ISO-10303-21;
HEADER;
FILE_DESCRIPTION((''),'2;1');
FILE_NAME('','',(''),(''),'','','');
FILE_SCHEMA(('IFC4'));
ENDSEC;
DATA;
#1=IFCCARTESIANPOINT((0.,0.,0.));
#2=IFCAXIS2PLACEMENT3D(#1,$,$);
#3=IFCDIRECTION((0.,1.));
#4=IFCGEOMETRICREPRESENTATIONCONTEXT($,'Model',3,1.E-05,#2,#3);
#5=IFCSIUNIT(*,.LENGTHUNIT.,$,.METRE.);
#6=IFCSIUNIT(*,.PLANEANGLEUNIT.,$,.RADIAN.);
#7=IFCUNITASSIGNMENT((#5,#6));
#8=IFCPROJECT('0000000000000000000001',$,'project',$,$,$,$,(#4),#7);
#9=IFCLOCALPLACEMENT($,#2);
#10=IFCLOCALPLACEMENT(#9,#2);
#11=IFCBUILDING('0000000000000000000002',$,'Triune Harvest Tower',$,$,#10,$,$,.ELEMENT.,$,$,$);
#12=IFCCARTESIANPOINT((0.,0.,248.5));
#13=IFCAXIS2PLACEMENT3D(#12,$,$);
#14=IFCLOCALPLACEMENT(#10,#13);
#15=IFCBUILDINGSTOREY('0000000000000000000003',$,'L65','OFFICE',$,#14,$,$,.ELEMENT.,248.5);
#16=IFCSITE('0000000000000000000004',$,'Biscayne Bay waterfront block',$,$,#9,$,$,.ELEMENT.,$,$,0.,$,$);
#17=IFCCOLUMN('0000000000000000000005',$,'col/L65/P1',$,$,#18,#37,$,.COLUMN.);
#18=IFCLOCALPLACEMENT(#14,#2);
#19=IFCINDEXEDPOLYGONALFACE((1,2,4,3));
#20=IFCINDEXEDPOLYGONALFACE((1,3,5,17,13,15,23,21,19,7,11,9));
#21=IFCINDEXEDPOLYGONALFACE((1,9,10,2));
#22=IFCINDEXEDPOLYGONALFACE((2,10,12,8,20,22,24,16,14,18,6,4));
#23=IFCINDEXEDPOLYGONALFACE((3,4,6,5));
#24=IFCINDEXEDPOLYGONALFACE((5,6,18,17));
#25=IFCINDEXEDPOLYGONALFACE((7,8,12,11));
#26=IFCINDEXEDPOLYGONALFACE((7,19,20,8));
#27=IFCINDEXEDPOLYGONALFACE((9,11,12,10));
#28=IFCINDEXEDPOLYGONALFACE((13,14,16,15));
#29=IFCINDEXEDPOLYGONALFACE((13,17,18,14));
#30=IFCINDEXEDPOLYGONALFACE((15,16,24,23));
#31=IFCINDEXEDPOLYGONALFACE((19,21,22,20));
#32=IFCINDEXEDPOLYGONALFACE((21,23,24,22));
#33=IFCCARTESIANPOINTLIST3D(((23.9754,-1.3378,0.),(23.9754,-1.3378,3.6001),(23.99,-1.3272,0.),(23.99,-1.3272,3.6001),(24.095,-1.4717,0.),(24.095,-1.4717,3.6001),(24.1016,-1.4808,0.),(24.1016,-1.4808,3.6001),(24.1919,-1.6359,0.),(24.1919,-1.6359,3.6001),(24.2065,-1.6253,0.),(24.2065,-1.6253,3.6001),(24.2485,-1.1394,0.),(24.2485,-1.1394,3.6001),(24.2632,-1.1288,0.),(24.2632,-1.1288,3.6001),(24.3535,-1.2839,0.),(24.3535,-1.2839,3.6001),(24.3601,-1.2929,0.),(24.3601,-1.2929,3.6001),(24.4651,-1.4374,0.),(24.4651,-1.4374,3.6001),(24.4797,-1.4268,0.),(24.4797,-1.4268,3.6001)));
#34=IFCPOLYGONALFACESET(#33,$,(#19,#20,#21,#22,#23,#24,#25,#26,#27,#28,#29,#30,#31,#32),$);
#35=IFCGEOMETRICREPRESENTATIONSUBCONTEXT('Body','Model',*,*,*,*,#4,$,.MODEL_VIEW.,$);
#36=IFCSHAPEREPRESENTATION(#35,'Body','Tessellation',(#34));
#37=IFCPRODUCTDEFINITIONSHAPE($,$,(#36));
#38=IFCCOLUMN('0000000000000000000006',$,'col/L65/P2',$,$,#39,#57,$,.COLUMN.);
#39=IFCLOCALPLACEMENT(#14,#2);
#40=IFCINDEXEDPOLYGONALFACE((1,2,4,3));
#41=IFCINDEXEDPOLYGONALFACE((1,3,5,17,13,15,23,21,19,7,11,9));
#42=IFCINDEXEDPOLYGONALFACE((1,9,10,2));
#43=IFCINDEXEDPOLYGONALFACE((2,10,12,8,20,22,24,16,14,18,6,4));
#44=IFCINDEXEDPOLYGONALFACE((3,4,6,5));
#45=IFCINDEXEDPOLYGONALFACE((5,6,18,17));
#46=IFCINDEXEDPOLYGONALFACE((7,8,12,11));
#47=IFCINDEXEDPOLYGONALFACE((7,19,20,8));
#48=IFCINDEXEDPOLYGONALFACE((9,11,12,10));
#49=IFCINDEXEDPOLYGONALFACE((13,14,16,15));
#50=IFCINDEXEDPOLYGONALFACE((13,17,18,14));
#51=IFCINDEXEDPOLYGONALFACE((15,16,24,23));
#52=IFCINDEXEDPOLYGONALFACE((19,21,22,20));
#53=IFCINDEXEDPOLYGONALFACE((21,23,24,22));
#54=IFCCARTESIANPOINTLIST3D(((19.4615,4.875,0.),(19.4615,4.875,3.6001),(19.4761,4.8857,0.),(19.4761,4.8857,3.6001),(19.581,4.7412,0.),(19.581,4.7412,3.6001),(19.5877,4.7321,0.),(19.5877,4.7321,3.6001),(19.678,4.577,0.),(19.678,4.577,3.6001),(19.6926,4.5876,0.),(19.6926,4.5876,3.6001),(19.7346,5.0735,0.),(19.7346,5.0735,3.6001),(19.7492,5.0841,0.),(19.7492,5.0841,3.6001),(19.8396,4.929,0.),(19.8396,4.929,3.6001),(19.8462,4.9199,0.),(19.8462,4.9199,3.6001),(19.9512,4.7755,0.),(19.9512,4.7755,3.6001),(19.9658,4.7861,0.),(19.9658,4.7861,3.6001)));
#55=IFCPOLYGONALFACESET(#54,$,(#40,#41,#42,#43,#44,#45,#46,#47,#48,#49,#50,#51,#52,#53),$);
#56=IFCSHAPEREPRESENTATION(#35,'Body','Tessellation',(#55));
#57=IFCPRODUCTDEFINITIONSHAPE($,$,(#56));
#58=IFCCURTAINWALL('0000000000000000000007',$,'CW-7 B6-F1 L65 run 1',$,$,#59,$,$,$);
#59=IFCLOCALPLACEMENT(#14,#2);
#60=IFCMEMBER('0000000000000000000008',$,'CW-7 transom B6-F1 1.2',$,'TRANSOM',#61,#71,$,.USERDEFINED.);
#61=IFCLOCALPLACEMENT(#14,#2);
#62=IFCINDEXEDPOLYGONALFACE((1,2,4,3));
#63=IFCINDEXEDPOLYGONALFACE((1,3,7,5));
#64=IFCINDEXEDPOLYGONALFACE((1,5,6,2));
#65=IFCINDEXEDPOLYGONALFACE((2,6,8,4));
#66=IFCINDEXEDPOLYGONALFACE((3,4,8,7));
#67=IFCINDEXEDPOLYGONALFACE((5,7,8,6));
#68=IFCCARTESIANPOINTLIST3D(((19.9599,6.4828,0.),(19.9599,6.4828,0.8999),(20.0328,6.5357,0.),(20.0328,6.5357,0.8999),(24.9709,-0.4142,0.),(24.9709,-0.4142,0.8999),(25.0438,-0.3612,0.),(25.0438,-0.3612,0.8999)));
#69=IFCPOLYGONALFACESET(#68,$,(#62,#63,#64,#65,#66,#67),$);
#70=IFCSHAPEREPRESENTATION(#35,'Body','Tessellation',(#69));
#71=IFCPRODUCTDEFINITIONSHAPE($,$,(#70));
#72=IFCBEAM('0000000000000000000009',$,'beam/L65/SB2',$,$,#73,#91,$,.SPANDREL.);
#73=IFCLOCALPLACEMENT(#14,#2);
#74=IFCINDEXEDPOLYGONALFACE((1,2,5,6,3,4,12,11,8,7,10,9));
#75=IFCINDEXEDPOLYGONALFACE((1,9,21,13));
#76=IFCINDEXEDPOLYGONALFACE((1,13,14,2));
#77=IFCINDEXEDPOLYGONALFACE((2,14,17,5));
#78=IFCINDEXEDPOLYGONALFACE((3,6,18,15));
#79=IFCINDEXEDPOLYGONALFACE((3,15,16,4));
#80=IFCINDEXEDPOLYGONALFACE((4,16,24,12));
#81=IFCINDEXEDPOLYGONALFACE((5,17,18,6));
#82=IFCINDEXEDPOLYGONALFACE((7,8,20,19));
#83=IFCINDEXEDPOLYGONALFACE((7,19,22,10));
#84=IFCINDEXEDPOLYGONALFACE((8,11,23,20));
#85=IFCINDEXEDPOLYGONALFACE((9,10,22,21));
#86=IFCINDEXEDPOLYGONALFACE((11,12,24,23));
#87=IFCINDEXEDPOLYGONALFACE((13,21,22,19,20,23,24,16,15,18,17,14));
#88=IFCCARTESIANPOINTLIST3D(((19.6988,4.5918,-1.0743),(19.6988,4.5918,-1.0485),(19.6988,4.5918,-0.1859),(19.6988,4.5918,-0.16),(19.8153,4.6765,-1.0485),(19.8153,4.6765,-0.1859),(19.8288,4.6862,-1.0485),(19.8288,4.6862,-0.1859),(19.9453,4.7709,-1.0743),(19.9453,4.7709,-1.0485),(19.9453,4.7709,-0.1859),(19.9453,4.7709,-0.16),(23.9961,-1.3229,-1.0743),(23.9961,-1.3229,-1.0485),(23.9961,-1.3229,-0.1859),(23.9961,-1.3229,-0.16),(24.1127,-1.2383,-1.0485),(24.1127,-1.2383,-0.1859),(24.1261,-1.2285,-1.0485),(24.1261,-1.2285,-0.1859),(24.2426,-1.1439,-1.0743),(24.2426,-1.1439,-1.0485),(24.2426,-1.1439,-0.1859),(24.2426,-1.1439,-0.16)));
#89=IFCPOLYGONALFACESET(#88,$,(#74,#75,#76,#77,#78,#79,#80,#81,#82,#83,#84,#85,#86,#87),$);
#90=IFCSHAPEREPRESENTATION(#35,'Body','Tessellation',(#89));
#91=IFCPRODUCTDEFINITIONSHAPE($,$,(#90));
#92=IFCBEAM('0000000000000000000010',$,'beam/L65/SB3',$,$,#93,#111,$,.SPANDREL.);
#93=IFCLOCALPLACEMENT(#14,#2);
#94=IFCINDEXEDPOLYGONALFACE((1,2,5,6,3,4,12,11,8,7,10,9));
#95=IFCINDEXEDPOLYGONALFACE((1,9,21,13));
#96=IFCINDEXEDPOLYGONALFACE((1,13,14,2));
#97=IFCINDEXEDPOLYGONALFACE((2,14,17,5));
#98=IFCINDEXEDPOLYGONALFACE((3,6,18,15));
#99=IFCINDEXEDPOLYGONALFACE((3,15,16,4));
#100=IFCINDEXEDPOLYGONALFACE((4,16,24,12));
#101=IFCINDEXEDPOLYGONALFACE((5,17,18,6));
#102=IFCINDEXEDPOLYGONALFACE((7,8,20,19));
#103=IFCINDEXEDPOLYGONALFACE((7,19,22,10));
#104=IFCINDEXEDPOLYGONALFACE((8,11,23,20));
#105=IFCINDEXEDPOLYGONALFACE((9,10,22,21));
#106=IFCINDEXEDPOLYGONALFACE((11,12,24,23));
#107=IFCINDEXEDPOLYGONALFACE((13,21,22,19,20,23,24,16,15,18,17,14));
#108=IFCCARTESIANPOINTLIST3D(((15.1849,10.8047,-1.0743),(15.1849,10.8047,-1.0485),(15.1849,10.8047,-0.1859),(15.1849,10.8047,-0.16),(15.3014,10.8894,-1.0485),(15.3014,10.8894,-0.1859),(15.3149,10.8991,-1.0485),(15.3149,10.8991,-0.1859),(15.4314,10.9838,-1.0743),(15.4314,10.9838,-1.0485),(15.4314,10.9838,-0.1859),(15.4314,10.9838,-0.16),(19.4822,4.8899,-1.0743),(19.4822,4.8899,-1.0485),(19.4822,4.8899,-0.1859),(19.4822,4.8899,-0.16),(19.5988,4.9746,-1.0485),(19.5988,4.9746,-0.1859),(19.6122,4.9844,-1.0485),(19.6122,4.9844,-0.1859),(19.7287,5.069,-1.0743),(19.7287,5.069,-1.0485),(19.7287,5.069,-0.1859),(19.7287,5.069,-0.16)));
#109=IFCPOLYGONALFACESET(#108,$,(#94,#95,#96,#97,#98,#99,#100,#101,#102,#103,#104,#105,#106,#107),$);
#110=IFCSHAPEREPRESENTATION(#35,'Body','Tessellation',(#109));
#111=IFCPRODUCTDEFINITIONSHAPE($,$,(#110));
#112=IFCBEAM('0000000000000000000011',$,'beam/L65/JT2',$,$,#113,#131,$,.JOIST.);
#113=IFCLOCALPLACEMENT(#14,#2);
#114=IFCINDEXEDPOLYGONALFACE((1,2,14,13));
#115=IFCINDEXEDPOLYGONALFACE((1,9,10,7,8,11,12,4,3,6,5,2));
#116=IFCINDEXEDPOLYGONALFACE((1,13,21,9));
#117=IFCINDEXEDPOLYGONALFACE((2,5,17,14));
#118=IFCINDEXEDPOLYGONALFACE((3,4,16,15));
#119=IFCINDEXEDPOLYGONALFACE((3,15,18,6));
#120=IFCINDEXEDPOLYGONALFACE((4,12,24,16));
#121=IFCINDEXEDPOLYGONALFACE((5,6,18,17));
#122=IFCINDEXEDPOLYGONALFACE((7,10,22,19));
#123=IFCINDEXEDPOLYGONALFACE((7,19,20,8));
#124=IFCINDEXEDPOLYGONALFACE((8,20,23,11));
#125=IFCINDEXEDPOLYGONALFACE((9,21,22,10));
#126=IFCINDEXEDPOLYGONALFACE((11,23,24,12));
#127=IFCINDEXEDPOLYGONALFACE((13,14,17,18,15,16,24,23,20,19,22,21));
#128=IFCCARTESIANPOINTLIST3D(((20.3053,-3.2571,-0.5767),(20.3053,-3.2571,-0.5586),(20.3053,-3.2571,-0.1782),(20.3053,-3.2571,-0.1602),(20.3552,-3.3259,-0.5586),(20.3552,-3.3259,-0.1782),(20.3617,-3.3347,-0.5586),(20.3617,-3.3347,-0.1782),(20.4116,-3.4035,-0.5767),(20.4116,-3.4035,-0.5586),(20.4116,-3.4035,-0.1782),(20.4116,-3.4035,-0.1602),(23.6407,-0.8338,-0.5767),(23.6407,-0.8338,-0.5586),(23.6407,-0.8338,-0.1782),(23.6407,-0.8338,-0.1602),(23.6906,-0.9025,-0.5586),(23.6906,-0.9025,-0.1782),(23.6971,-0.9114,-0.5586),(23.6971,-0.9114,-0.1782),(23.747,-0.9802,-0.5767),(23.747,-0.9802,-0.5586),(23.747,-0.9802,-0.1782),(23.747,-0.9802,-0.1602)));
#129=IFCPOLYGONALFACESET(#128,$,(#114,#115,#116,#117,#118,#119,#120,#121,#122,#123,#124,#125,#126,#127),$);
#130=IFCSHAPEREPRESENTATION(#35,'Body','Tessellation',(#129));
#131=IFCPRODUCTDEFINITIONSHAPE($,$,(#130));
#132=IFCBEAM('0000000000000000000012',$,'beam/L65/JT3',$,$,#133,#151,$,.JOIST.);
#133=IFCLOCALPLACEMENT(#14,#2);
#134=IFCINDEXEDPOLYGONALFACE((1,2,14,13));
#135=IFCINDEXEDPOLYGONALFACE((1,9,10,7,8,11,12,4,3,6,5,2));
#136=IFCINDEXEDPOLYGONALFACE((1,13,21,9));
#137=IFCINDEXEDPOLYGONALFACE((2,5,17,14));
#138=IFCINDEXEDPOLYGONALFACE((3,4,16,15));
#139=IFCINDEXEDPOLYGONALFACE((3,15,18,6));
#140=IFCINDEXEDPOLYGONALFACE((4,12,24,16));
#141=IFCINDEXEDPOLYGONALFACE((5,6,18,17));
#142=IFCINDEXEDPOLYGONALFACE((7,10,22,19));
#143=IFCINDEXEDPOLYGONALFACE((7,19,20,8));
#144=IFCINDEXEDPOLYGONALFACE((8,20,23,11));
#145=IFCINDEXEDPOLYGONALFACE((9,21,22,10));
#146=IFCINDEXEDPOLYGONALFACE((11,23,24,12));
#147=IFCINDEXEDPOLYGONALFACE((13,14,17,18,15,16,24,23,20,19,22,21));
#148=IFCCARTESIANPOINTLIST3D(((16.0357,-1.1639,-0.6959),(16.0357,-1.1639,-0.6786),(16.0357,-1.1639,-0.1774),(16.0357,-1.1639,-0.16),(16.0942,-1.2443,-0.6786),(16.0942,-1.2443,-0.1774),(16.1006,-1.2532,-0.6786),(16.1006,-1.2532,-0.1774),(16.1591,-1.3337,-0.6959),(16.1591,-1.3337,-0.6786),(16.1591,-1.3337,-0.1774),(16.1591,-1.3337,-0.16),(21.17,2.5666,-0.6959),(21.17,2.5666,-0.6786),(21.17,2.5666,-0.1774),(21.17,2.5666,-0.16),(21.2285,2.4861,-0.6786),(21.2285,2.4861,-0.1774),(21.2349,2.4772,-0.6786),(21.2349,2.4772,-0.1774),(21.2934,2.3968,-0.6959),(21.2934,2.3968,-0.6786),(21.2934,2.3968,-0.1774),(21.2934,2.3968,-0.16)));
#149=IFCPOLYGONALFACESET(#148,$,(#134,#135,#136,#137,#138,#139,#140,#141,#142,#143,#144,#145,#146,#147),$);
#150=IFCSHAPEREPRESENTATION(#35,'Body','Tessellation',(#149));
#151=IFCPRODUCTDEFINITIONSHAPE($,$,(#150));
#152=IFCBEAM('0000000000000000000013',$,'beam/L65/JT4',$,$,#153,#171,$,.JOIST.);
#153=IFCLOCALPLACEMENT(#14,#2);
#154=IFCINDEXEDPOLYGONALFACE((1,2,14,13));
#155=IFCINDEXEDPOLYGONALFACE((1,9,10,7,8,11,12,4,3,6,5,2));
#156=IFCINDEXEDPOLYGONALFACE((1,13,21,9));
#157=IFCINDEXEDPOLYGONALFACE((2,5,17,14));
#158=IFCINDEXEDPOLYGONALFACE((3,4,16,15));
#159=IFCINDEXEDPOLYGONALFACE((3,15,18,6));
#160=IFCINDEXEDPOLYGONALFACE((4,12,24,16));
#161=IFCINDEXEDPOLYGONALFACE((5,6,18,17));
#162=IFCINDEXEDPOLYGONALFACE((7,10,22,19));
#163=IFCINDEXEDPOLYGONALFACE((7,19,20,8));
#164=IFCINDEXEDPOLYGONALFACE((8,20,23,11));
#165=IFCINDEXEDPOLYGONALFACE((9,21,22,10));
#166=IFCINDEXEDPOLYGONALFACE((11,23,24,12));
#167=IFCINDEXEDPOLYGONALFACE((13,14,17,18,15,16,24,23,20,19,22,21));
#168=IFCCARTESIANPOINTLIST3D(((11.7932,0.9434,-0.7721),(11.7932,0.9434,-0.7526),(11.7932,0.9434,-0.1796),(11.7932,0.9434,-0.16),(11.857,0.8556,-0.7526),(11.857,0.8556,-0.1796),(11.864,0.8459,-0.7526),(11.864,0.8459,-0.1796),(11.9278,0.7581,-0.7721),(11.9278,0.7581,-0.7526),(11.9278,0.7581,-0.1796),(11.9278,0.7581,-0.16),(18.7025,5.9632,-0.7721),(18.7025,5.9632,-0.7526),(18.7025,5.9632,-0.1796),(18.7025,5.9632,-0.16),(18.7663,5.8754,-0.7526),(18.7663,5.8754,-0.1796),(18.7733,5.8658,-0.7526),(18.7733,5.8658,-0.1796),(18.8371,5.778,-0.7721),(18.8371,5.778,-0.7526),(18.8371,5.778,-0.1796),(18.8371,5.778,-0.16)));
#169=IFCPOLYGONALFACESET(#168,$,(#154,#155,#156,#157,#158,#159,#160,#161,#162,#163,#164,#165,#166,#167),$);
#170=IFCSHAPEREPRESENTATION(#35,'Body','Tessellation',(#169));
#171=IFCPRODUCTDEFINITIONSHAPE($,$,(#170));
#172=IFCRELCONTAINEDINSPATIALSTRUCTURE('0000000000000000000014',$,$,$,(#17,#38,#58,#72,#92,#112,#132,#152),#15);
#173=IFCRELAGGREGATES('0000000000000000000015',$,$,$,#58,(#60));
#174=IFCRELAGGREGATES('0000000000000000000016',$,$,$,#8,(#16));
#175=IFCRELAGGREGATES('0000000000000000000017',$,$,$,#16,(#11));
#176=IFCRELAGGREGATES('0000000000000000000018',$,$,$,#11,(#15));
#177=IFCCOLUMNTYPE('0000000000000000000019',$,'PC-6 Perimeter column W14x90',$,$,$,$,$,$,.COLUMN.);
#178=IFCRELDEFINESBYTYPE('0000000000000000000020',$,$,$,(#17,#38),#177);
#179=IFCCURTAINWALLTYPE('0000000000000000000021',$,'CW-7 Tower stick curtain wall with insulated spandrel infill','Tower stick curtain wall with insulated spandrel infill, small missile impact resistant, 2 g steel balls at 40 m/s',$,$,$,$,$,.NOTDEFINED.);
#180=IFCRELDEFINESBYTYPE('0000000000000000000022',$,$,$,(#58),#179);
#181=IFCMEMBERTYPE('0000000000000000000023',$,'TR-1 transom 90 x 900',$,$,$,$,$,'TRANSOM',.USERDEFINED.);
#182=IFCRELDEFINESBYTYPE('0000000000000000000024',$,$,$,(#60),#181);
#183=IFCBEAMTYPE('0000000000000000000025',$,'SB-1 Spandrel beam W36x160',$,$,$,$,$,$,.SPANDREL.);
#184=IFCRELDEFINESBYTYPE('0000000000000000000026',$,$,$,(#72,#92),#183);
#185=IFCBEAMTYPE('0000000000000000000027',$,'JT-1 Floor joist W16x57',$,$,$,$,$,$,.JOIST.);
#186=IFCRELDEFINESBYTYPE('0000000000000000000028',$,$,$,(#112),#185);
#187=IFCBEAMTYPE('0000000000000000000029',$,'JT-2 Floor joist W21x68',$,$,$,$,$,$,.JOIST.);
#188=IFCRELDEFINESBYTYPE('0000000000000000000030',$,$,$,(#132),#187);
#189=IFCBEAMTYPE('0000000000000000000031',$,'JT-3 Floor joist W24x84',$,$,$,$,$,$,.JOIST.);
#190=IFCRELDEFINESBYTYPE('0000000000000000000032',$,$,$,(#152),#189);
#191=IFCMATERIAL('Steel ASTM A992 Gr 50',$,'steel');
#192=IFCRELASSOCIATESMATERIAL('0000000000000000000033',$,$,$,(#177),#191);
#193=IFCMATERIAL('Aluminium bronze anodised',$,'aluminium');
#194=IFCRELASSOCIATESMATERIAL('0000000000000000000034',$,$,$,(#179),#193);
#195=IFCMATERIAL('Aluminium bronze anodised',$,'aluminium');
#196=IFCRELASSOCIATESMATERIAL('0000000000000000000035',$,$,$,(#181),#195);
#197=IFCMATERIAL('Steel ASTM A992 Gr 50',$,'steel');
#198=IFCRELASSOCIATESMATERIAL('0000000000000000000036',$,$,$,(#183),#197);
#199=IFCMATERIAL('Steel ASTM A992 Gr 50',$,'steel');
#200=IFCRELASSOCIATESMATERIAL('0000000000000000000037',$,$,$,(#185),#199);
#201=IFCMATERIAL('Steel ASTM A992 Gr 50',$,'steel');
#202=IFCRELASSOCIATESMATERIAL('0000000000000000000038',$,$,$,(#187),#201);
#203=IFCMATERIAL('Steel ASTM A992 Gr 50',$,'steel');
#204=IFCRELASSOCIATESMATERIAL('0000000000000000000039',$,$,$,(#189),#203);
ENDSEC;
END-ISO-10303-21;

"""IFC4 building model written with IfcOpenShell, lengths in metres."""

from ifc_helpers import new_model, si_unit, direction, frame, origin, origin_2d, place, context, subcontext, project, spatial, rectangle, i_section, extrude, source, transform, mapped, material, material_profile, profile_set, type_object, element, aggregate, save


model = new_model("IFC4")

# Units and contexts
model_context = context("Model", 3, precision=1e-05, world=origin(), true_north=direction((0.0, 1.0)))
body_context = subcontext(model_context, "Body", "Model", "MODEL_VIEW")
ifc_project = project(units=[si_unit("LENGTHUNIT", "METRE"), si_unit("PLANEANGLEUNIT", "RADIAN")], contexts=[model_context])

# Site, building, storey
site_placement = place(None, origin())
site = spatial("IfcSite", under=ifc_project, at=site_placement, Name="Biscayne Bay waterfront block", CompositionType="ELEMENT", RefElevation=0.0)
building_placement = place(site_placement, origin())
building = spatial("IfcBuilding", under=site, at=building_placement, Name="Triune Harvest Tower", CompositionType="ELEMENT")
storey_placement = place(building_placement, frame((0.0, 0.0, 248.5)))
storey = spatial("IfcBuildingStorey", under=building, at=storey_placement, Name="L65", Description="OFFICE", CompositionType="ELEMENT", Elevation=248.5)

# Columns
ifc_material_1 = material(Name="Steel ASTM A992 Gr 50", Category="steel")
ifc_material_profile_1 = material_profile(ifc_material_1, i_section(OverallWidth=0.3684, OverallDepth=0.3557, WebThickness=0.0112, FlangeThickness=0.0181, at=origin_2d()), Name="W14x90")
ifc_profile_set_1 = profile_set([ifc_material_profile_1], Name="Steel ASTM A992 Gr 50")
column_type = type_object("IfcColumnType", Name="PC-6 Perimeter column W14x90", PredefinedType="COLUMN", material=ifc_profile_set_1)
shared_shape_1 = source(origin(), body_context, "Body", "SweptSolid", [
    extrude(i_section(OverallWidth=0.3684, OverallDepth=0.3557, WebThickness=0.0112, FlangeThickness=0.0181, at=origin_2d()), origin(), (0.0, 0.0, 1.0), 3.6001),
])
for number, where, z_axis, x_axis, name in (
    (1, (24.2275, -1.3823, 0.0), (0.0, 0.0, 1.0), (-0.587785, 0.809017, 0.0), "col/L65/P1"),
    (2, (19.7136, 4.8306, 0.0), (0.0, 0.0, 1.0), (-0.587785, 0.809017, 0.0), "col/L65/P2"),
):
    element("IfcColumn", number, at=place(storey_placement, frame(where, z_axis=z_axis, x_axis=x_axis)), inside=storey, type_object=column_type, Name=name, PredefinedType="COLUMN", context=body_context, shape_type="MappedRepresentation", body=[
        mapped(shared_shape_1, transform((0.0, 0.0, 0.0), scale=1.0)),
    ])

# Curtain wall, member
ifc_material_2 = material(Name="Aluminium bronze anodised", Category="aluminium")
curtain_wall_type = type_object("IfcCurtainWallType", Name="CW-7 Tower stick curtain wall with insulated spandrel infill", Description="Tower stick curtain wall with insulated spandrel infill, small missile impact resistant, 2 g steel balls at 40 m/s", PredefinedType="NOTDEFINED", material=ifc_material_2)
curtain_wall_placement = place(storey_placement, origin())
curtain_wall = element("IfcCurtainWall", 3, at=curtain_wall_placement, inside=storey, type_object=curtain_wall_type, Name="CW-7 B6-F1 L65 run 1")
ifc_material_3 = material(Name="Aluminium bronze anodised", Category="aluminium")
ifc_material_profile_2 = material_profile(ifc_material_3, rectangle(XDim=0.0901, YDim=0.8999, at=origin_2d()), Name="TR-1 transom 90 x 900")
ifc_profile_set_2 = profile_set([ifc_material_profile_2], Name="Aluminium bronze anodised")
member_type_1 = type_object("IfcMemberType", Name="TR-1 transom 90 x 900", ElementType="TRANSOM", PredefinedType="USERDEFINED", material=ifc_profile_set_2)
member_1_placement = place(storey_placement, frame((25.0073, -0.3877, 0.45), z_axis=(-0.587789, 0.809015, 0.0), x_axis=(-0.809015, -0.587789, 0.0)))
member_1 = element("IfcMember", 4, at=member_1_placement, type_object=member_type_1, Name="CW-7 transom B6-F1 1.2", ObjectType="TRANSOM", PredefinedType="USERDEFINED", context=body_context, shape_type="SweptSolid", body=[
    extrude(rectangle(XDim=0.0901, YDim=0.8999, at=origin_2d()), origin(), (0.0, 0.0, 1.0), 8.5251),
])

# Beams
ifc_material_4 = material(Name="Steel ASTM A992 Gr 50", Category="steel")
ifc_material_profile_3 = material_profile(ifc_material_4, i_section(OverallWidth=0.3047, OverallDepth=0.9143, WebThickness=0.0166, FlangeThickness=0.0259, at=origin_2d()), Name="W36x160")
ifc_profile_set_3 = profile_set([ifc_material_profile_3], Name="Steel ASTM A992 Gr 50")
beam_type_1 = type_object("IfcBeamType", Name="SB-1 Spandrel beam W36x160", PredefinedType="SPANDREL", material=ifc_profile_set_3)
shared_shape_2 = source(origin(), body_context, "Body", "SweptSolid", [
    extrude(i_section(OverallWidth=0.3047, OverallDepth=0.9143, WebThickness=0.0166, FlangeThickness=0.0259, at=origin_2d()), origin(), (0.0, 0.0, 1.0), 7.311),
])
for number, where, z_axis, x_axis, name in (
    (5, (24.1194, -1.2334, -0.6172), (-0.587786, 0.809016, 0.0), (-0.809016, -0.587786, 0.0), "beam/L65/SB2"),
    (6, (19.6055, 4.9795, -0.6172), (-0.587786, 0.809016, 0.0), (-0.809016, -0.587786, 0.0), "beam/L65/SB3"),
):
    element("IfcBeam", number, at=place(storey_placement, frame(where, z_axis=z_axis, x_axis=x_axis)), inside=storey, type_object=beam_type_1, Name=name, PredefinedType="SPANDREL", context=body_context, shape_type="MappedRepresentation", body=[
        mapped(shared_shape_2, transform((0.0, 0.0, 0.0), scale=1.0)),
    ])
ifc_material_5 = material(Name="Steel ASTM A992 Gr 50", Category="steel")
ifc_material_profile_4 = material_profile(ifc_material_5, i_section(OverallWidth=0.1809, OverallDepth=0.4165, WebThickness=0.011, FlangeThickness=0.0181, at=origin_2d()), Name="W16x57")
ifc_profile_set_4 = profile_set([ifc_material_profile_4], Name="Steel ASTM A992 Gr 50")
beam_type_2 = type_object("IfcBeamType", Name="JT-1 Floor joist W16x57", PredefinedType="JOIST", material=ifc_profile_set_4)
shared_shape_3 = source(origin(), body_context, "Body", "SweptSolid", [
    extrude(i_section(OverallWidth=0.1809, OverallDepth=0.4165, WebThickness=0.011, FlangeThickness=0.0181, at=origin_2d()), origin(), (0.0, 0.0, 1.0), 4.1228),
])
beam_1_placement = place(storey_placement, frame((23.6938, -0.907, -0.3684), z_axis=(-0.809018, -0.587784, 0.0), x_axis=(0.587784, -0.809018, 0.0)))
element("IfcBeam", 7, at=beam_1_placement, inside=storey, type_object=beam_type_2, Name="beam/L65/JT2", PredefinedType="JOIST", context=body_context, shape_type="MappedRepresentation", body=[
    mapped(shared_shape_3, transform((0.0, 0.0, 0.0), scale=1.0)),
])
ifc_material_6 = material(Name="Steel ASTM A992 Gr 50", Category="steel")
ifc_material_profile_5 = material_profile(ifc_material_6, i_section(OverallWidth=0.21, OverallDepth=0.5359, WebThickness=0.011, FlangeThickness=0.0173, at=origin_2d()), Name="W21x68")
ifc_profile_set_5 = profile_set([ifc_material_profile_5], Name="Steel ASTM A992 Gr 50")
beam_type_3 = type_object("IfcBeamType", Name="JT-2 Floor joist W21x68", PredefinedType="JOIST", material=ifc_profile_set_5)
shared_shape_4 = source(origin(), body_context, "Body", "SweptSolid", [
    extrude(i_section(OverallWidth=0.21, OverallDepth=0.5359, WebThickness=0.011, FlangeThickness=0.0173, at=origin_2d()), origin(), (0.0, 0.0, 1.0), 6.3464),
])
beam_2_placement = place(storey_placement, frame((21.2317, 2.4817, -0.428), z_axis=(-0.809002, -0.587806, 0.0), x_axis=(0.587806, -0.809002, 0.0)))
element("IfcBeam", 8, at=beam_2_placement, inside=storey, type_object=beam_type_3, Name="beam/L65/JT3", PredefinedType="JOIST", context=body_context, shape_type="MappedRepresentation", body=[
    mapped(shared_shape_4, transform((0.0, 0.0, 0.0), scale=1.0)),
])
ifc_material_7 = material(Name="Steel ASTM A992 Gr 50", Category="steel")
ifc_material_profile_6 = material_profile(ifc_material_7, i_section(OverallWidth=0.229, OverallDepth=0.6121, WebThickness=0.012, FlangeThickness=0.0195, at=origin_2d()), Name="W24x84")
ifc_profile_set_6 = profile_set([ifc_material_profile_6], Name="Steel ASTM A992 Gr 50")
beam_type_4 = type_object("IfcBeamType", Name="JT-3 Floor joist W24x84", PredefinedType="JOIST", material=ifc_profile_set_6)
shared_shape_5 = source(origin(), body_context, "Body", "SweptSolid", [
    extrude(i_section(OverallWidth=0.229, OverallDepth=0.6121, WebThickness=0.012, FlangeThickness=0.0195, at=origin_2d()), origin(), (0.0, 0.0, 1.0), 8.5403),
])
beam_3_placement = place(storey_placement, frame((18.7698, 5.8706, -0.4661), z_axis=(-0.809019, -0.587782, 0.0), x_axis=(0.587782, -0.809019, 0.0)))
element("IfcBeam", 9, at=beam_3_placement, inside=storey, type_object=beam_type_4, Name="beam/L65/JT4", PredefinedType="JOIST", context=body_context, shape_type="MappedRepresentation", body=[
    mapped(shared_shape_5, transform((0.0, 0.0, 0.0), scale=1.0)),
])

aggregate(curtain_wall, [member_1])

save(model, "model.ifc")
